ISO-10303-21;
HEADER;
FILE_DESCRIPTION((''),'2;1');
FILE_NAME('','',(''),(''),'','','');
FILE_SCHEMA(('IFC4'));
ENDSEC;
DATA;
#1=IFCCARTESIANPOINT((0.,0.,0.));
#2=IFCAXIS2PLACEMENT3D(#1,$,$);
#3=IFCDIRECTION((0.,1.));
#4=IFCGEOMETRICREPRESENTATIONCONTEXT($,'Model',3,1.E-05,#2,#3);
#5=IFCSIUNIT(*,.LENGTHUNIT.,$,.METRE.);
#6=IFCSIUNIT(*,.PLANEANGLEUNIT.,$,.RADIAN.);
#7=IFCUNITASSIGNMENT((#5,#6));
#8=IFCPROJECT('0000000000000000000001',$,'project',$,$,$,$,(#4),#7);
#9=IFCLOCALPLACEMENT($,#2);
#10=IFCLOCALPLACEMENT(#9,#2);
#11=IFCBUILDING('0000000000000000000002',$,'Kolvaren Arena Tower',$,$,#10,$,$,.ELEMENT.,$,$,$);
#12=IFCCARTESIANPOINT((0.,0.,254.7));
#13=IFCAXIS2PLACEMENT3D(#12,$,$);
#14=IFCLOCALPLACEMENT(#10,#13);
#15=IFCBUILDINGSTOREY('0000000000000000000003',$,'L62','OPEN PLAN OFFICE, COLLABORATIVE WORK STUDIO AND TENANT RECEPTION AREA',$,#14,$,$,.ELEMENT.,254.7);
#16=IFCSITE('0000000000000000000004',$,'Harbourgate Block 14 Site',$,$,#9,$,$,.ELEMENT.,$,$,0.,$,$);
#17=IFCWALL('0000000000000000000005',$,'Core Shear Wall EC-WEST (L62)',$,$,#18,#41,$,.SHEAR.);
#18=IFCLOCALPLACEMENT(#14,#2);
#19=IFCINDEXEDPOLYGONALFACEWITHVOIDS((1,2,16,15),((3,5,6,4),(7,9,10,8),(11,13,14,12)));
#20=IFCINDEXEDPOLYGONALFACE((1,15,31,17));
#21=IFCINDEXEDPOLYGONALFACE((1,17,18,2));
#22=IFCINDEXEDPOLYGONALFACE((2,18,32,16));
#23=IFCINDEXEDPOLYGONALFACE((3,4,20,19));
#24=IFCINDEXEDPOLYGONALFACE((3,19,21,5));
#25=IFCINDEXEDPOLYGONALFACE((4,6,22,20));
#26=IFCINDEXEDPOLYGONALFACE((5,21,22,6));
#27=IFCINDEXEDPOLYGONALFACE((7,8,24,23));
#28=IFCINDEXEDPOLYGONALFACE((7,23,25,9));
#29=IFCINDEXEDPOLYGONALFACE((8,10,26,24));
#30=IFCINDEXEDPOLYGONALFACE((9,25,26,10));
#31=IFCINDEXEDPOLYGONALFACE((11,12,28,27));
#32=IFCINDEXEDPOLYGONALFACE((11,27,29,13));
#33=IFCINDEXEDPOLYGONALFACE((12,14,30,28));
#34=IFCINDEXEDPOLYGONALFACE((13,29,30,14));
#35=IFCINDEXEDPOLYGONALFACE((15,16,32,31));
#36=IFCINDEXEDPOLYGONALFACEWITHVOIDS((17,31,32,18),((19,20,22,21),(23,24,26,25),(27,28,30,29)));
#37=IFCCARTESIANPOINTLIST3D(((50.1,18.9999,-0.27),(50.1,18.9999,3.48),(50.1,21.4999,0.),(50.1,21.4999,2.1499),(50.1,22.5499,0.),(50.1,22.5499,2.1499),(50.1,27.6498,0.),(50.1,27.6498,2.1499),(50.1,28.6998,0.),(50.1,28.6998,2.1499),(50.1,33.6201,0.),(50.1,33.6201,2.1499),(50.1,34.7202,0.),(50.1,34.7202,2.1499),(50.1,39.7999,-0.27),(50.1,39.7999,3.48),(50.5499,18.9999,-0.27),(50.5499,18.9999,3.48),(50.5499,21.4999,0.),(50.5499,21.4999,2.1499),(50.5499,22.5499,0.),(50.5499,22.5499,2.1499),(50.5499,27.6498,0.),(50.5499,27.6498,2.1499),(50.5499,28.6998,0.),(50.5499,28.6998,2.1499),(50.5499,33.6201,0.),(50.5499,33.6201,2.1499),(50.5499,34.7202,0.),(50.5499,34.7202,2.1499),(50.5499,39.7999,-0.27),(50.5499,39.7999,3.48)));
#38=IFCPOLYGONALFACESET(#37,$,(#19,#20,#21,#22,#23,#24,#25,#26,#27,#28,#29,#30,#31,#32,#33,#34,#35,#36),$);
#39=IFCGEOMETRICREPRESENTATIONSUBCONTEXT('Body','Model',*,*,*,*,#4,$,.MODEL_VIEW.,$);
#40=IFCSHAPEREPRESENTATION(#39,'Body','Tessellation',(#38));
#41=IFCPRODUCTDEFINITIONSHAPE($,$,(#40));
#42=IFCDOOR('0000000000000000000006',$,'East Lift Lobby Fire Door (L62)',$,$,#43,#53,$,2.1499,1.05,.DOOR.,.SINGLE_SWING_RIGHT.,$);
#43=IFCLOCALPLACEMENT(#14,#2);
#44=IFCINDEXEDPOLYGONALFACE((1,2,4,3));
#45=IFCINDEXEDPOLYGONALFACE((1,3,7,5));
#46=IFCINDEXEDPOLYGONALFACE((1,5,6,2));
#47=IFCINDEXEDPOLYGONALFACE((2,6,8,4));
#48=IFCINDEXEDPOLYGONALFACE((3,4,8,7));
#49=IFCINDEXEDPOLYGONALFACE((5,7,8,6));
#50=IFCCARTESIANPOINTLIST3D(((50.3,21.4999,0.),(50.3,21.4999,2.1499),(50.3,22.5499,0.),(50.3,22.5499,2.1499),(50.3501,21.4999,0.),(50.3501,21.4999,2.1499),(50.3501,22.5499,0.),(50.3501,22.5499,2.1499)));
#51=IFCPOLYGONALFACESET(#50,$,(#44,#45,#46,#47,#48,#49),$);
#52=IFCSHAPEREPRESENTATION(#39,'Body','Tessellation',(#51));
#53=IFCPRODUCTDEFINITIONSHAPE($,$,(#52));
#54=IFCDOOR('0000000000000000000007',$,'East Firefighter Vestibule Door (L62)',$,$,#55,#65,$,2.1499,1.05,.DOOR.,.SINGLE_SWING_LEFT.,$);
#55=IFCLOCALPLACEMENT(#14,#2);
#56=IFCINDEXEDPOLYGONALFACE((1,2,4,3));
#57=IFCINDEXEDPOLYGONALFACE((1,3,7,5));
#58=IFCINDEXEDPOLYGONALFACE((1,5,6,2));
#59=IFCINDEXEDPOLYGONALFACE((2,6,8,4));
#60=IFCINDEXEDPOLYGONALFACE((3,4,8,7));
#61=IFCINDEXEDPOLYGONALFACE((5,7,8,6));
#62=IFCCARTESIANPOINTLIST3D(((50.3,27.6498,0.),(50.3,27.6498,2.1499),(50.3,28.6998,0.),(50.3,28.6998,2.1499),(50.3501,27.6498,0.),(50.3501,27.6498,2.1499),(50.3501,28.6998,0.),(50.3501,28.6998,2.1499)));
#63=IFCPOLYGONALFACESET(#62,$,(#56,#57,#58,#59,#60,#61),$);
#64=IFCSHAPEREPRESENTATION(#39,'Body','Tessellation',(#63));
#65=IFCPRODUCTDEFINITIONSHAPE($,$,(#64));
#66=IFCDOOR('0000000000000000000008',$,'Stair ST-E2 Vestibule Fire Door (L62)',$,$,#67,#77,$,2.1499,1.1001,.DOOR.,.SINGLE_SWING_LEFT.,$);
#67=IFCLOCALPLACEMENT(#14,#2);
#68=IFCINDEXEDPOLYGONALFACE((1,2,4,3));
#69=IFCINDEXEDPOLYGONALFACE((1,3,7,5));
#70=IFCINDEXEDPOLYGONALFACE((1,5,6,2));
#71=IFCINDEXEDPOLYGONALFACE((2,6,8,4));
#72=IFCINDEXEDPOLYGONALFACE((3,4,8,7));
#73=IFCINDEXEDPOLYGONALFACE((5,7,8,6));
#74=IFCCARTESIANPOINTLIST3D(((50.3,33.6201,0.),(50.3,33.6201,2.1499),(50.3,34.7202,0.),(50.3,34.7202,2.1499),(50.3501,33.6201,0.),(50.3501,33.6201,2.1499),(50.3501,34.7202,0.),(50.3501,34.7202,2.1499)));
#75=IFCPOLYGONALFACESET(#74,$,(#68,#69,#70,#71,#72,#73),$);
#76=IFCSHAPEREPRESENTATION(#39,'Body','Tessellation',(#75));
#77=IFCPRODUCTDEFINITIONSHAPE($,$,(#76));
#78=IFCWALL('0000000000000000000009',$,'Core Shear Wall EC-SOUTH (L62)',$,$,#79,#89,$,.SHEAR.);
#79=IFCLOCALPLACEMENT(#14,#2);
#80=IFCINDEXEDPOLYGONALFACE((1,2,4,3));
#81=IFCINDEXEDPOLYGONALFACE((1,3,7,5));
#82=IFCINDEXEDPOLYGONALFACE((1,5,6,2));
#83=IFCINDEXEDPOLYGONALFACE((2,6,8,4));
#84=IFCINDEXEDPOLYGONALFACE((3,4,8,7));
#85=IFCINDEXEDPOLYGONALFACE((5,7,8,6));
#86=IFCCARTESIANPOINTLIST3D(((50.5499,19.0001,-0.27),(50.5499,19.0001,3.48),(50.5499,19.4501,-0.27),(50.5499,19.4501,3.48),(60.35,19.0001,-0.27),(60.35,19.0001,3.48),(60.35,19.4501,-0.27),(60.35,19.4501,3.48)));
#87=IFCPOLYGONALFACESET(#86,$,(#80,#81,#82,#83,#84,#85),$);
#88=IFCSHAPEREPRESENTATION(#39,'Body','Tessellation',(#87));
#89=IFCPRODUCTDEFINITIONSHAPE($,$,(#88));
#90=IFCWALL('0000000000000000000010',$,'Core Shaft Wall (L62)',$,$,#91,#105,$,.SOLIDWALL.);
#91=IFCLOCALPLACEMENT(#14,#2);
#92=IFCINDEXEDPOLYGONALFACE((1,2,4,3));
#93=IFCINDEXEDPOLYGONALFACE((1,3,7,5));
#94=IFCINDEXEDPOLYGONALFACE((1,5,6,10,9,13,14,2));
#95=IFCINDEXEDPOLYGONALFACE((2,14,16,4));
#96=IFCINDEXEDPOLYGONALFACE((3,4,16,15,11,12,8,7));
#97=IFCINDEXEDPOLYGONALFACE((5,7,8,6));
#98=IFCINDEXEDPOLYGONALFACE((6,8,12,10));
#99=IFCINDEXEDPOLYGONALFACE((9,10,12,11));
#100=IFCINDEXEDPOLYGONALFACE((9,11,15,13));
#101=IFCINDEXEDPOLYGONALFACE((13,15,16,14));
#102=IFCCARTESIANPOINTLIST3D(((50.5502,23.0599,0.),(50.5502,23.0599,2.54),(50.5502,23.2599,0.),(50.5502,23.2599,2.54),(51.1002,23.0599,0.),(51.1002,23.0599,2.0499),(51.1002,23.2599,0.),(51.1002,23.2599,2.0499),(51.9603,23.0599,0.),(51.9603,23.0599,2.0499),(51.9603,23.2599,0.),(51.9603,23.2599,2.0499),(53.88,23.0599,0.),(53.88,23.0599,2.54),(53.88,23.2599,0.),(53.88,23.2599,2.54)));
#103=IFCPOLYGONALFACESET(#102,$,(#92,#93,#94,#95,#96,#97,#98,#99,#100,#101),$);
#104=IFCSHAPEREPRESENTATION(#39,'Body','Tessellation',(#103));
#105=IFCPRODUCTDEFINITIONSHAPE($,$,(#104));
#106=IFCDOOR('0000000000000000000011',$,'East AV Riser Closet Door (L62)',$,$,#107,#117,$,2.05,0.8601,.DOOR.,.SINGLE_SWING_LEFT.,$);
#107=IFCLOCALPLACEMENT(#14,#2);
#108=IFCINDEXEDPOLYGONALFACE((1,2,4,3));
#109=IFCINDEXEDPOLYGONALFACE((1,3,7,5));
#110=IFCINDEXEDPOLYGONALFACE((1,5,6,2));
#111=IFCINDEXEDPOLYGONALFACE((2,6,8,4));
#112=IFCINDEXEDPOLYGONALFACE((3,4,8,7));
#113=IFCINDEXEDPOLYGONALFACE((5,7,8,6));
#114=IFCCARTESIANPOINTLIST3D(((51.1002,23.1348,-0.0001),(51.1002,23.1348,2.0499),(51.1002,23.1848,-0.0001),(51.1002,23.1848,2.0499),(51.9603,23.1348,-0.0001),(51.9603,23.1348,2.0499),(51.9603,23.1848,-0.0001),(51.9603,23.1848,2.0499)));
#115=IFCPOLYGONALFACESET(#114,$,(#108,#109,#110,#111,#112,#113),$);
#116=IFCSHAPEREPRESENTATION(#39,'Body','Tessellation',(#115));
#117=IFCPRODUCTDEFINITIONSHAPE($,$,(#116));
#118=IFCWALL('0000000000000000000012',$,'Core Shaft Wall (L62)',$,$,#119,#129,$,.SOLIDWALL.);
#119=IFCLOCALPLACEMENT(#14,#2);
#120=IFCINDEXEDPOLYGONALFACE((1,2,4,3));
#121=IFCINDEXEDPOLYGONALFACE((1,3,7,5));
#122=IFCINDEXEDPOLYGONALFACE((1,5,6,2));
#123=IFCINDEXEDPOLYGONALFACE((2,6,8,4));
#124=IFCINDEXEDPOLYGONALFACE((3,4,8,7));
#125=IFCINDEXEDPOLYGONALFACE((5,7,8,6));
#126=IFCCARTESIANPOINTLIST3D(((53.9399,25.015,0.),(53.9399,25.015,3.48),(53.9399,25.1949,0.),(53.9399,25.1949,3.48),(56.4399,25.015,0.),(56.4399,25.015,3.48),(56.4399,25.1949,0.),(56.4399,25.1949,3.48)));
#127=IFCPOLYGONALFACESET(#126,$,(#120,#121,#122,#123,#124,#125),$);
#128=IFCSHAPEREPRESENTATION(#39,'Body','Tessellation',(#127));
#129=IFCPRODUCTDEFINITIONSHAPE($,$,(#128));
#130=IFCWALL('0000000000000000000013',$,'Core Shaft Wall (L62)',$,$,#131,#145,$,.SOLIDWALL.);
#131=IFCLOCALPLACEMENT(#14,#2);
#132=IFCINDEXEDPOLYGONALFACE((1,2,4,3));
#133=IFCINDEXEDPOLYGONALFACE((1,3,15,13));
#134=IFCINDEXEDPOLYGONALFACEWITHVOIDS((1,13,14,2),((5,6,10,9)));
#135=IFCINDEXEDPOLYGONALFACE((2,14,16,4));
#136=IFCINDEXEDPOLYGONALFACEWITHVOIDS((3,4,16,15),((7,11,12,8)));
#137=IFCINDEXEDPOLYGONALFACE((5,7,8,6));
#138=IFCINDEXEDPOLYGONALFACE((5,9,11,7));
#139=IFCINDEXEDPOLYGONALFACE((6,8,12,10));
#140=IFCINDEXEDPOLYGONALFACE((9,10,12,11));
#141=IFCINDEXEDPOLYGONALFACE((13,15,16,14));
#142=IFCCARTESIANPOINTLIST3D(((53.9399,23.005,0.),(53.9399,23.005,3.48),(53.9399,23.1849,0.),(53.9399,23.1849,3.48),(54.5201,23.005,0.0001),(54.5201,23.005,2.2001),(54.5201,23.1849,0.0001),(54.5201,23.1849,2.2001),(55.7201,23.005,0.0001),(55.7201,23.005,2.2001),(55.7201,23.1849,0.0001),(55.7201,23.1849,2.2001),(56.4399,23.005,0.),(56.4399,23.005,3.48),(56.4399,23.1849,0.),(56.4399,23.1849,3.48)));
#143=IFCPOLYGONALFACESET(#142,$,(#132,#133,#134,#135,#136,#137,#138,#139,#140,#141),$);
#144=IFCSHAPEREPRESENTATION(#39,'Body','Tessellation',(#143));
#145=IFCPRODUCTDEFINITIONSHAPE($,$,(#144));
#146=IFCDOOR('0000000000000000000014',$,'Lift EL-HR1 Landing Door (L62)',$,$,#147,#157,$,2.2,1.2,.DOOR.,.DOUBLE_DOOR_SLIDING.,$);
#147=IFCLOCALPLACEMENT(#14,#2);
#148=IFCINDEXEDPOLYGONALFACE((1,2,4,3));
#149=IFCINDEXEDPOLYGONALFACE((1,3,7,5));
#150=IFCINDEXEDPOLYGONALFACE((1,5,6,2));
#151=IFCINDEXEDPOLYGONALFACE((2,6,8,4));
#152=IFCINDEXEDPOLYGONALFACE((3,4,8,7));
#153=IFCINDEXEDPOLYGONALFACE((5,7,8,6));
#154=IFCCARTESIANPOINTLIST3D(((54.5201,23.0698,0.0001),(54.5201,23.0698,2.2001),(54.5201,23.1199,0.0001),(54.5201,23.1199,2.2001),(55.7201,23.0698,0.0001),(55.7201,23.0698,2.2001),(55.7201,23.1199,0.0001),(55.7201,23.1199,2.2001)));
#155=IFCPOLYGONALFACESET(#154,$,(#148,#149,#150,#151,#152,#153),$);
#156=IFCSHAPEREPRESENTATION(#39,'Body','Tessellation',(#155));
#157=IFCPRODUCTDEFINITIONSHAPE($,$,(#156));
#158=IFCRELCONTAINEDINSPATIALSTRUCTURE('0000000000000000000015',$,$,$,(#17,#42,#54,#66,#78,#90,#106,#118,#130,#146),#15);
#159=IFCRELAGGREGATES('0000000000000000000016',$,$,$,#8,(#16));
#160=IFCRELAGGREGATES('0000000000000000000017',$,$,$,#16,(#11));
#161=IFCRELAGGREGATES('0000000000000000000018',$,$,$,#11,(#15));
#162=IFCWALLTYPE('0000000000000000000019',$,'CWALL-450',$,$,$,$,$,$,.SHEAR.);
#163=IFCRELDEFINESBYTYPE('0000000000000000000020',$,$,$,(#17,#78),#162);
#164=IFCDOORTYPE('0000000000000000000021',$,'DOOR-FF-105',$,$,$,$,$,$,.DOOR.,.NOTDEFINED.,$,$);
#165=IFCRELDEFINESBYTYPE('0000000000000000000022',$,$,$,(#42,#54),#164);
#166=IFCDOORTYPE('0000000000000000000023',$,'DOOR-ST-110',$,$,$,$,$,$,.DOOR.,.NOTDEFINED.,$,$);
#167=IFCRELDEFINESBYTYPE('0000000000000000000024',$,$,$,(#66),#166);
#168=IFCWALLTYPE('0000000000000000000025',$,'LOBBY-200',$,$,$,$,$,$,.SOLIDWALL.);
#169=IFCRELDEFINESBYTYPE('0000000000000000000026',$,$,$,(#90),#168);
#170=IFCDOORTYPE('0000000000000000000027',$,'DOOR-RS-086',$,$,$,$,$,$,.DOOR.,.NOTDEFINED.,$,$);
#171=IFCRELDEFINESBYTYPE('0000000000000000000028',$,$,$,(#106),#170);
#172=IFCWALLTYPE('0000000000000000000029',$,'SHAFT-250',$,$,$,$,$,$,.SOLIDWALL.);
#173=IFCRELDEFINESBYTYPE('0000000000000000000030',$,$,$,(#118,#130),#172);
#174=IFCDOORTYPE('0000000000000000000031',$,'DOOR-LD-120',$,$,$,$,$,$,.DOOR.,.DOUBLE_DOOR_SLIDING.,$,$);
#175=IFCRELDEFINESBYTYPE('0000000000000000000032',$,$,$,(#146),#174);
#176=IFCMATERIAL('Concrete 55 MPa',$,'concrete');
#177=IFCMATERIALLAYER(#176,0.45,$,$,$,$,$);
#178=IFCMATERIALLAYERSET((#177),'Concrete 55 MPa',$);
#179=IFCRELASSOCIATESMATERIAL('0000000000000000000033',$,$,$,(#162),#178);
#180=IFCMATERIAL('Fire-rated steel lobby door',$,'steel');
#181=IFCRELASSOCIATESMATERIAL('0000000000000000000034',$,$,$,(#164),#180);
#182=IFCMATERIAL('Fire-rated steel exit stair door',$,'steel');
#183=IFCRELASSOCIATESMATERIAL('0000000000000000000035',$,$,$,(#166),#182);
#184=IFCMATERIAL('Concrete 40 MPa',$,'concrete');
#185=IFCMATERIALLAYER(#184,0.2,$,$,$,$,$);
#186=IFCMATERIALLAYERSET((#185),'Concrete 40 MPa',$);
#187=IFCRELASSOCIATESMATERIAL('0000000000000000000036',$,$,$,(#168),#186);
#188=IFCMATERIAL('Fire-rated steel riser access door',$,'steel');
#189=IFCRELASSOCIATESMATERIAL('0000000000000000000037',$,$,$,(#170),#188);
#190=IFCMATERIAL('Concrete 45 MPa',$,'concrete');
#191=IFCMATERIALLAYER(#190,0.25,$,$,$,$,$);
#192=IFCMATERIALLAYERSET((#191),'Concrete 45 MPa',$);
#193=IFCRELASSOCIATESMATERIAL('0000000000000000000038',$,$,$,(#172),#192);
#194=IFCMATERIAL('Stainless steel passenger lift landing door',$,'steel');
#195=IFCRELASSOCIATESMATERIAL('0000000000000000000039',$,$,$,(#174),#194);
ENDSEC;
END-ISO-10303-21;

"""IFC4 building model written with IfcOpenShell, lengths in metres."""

from ifc_helpers import new_model, si_unit, direction, frame, frame_2d, origin, place, context, subcontext, project, spatial, rectangle, extrude, material, layer, layer_set, type_object, element, fill, save


model = new_model("IFC4")

# Units and contexts
model_context = context("Model", 3, precision=1e-05, world=origin(), true_north=direction((0.0, 1.0)))
body_context = subcontext(model_context, "Body", "Model", "MODEL_VIEW")
ifc_project = project(units=[si_unit("LENGTHUNIT", "METRE"), si_unit("PLANEANGLEUNIT", "RADIAN")], contexts=[model_context])

# Site, building, storey
site_placement = place(None, origin())
site = spatial("IfcSite", under=ifc_project, at=site_placement, Name="Harbourgate Block 14 Site", CompositionType="ELEMENT", RefElevation=0.0)
building_placement = place(site_placement, origin())
building = spatial("IfcBuilding", under=site, at=building_placement, Name="Kolvaren Arena Tower", CompositionType="ELEMENT")
storey_placement = place(building_placement, frame((0.0, 0.0, 254.7)))
storey = spatial("IfcBuildingStorey", under=building, at=storey_placement, Name="L62", Description="OPEN PLAN OFFICE, COLLABORATIVE WORK STUDIO AND TENANT RECEPTION AREA", CompositionType="ELEMENT", Elevation=254.7)

# Wall, openings, doors
ifc_material_1 = material(Name="Concrete 55 MPa", Category="concrete")
ifc_layer_1 = layer(ifc_material_1, 0.45)
ifc_layer_set_1 = layer_set([ifc_layer_1], Name="Concrete 55 MPa")
wall_type_1 = type_object("IfcWallType", Name="CWALL-450", PredefinedType="SHEAR", material=ifc_layer_set_1)
wall_1_placement = place(storey_placement, frame((50.325, 19.0, -0.27), z_axis=(0.0, 0.0, 1.0), x_axis=(0.0, 1.0, 0.0)))
wall_1 = element("IfcWall", 1, at=wall_1_placement, inside=storey, type_object=wall_type_1, Name="Core Shear Wall EC-WEST (L62)", PredefinedType="SHEAR", context=body_context, shape_type="SweptSolid", body=[
    extrude(rectangle(XDim=20.8, YDim=0.45, at=frame_2d((10.3999, 0.0))), origin(), (0.0, 0.0, 1.0), 3.75),
])
opening_1_placement = place(wall_1_placement, frame((2.5, 0.0, 0.27)))
opening_1 = element("IfcOpeningElement", 2, at=opening_1_placement, cuts=wall_1, PredefinedType="OPENING", context=body_context, shape_type="SweptSolid", body=[
    extrude(rectangle(XDim=1.05, YDim=2.1499, at=frame_2d((0.5249, 1.075))), frame((0.0, 0.2349, 0.0), z_axis=(0.0, -1.0, 0.0), x_axis=(1.0, 0.0, 0.0)), (0.0, 0.0, 1.0), 0.47),
])
opening_2_placement = place(wall_1_placement, frame((8.6499, 0.0, 0.27)))
opening_2 = element("IfcOpeningElement", 3, at=opening_2_placement, cuts=wall_1, PredefinedType="OPENING", context=body_context, shape_type="SweptSolid", body=[
    extrude(rectangle(XDim=1.05, YDim=2.1499, at=frame_2d((0.5249, 1.075))), frame((0.0, 0.2349, 0.0), z_axis=(0.0, -1.0, 0.0), x_axis=(1.0, 0.0, 0.0)), (0.0, 0.0, 1.0), 0.47),
])
opening_3_placement = place(wall_1_placement, frame((14.6201, 0.0, 0.27)))
opening_3 = element("IfcOpeningElement", 4, at=opening_3_placement, cuts=wall_1, PredefinedType="OPENING", context=body_context, shape_type="SweptSolid", body=[
    extrude(rectangle(XDim=1.1001, YDim=2.1499, at=frame_2d((0.55, 1.075))), frame((0.0, 0.2349, 0.0), z_axis=(0.0, -1.0, 0.0), x_axis=(1.0, 0.0, 0.0)), (0.0, 0.0, 1.0), 0.47),
])
ifc_material_2 = material(Name="Fire-rated steel lobby door", Category="steel")
door_type_1 = type_object("IfcDoorType", Name="DOOR-FF-105", OperationType="NOTDEFINED", PredefinedType="DOOR", material=ifc_material_2)
door_1_placement = place(opening_1_placement, origin())
door_1 = element("IfcDoor", 5, at=door_1_placement, inside=storey, type_object=door_type_1, Name="East Lift Lobby Fire Door (L62)", OperationType="SINGLE_SWING_RIGHT", OverallHeight=2.1499, OverallWidth=1.05, PredefinedType="DOOR", context=body_context, shape_type="SweptSolid", body=[
    extrude(rectangle(XDim=1.05, YDim=2.1499, at=frame_2d((0.5249, 1.075))), frame((0.0, 0.0249, 0.0), z_axis=(0.0, -1.0, 0.0), x_axis=(1.0, 0.0, 0.0)), (0.0, 0.0, 1.0), 0.05),
])
fill(opening_1, door_1)
door_2_placement = place(opening_2_placement, origin())
door_2 = element("IfcDoor", 6, at=door_2_placement, inside=storey, type_object=door_type_1, Name="East Firefighter Vestibule Door (L62)", OperationType="SINGLE_SWING_LEFT", OverallHeight=2.1499, OverallWidth=1.05, PredefinedType="DOOR", context=body_context, shape_type="SweptSolid", body=[
    extrude(rectangle(XDim=1.05, YDim=2.1499, at=frame_2d((0.5249, 1.075))), frame((0.0, 0.0249, 0.0), z_axis=(0.0, -1.0, 0.0), x_axis=(1.0, 0.0, 0.0)), (0.0, 0.0, 1.0), 0.05),
])
fill(opening_2, door_2)
ifc_material_3 = material(Name="Fire-rated steel exit stair door", Category="steel")
door_type_2 = type_object("IfcDoorType", Name="DOOR-ST-110", OperationType="NOTDEFINED", PredefinedType="DOOR", material=ifc_material_3)
door_3_placement = place(opening_3_placement, origin())
door_3 = element("IfcDoor", 7, at=door_3_placement, inside=storey, type_object=door_type_2, Name="Stair ST-E2 Vestibule Fire Door (L62)", OperationType="SINGLE_SWING_LEFT", OverallHeight=2.1499, OverallWidth=1.1001, PredefinedType="DOOR", context=body_context, shape_type="SweptSolid", body=[
    extrude(rectangle(XDim=1.1001, YDim=2.1499, at=frame_2d((0.55, 1.075))), frame((0.0, 0.0249, 0.0), z_axis=(0.0, -1.0, 0.0), x_axis=(1.0, 0.0, 0.0)), (0.0, 0.0, 1.0), 0.05),
])
fill(opening_3, door_3)

# Wall
wall_2_placement = place(storey_placement, frame((50.55, 19.2251, -0.27), z_axis=(0.0, 0.0, 1.0), x_axis=(1.0, 0.0, 0.0)))
element("IfcWall", 8, at=wall_2_placement, inside=storey, type_object=wall_type_1, Name="Core Shear Wall EC-SOUTH (L62)", PredefinedType="SHEAR", context=body_context, shape_type="SweptSolid", body=[
    extrude(rectangle(XDim=9.8, YDim=0.45, at=frame_2d((4.8999, 0.0))), origin(), (0.0, 0.0, 1.0), 3.75),
])

# Shared definitions
ifc_material_4 = material(Name="Concrete 40 MPa", Category="concrete")
ifc_layer_2 = layer(ifc_material_4, 0.2)
ifc_layer_set_2 = layer_set([ifc_layer_2], Name="Concrete 40 MPa")
wall_type_2 = type_object("IfcWallType", Name="LOBBY-200", PredefinedType="SOLIDWALL", material=ifc_layer_set_2)

# Wall, opening, door
wall_3_placement = place(storey_placement, frame((50.55, 23.1599, 0.0), z_axis=(0.0, 0.0, 1.0), x_axis=(1.0, 0.0, 0.0)))
wall_3 = element("IfcWall", 9, at=wall_3_placement, inside=storey, type_object=wall_type_2, Name="Core Shaft Wall (L62)", PredefinedType="SOLIDWALL", context=body_context, shape_type="SweptSolid", body=[
    extrude(rectangle(XDim=3.3298, YDim=0.2, at=frame_2d((1.665, 0.0))), origin(), (0.0, 0.0, 1.0), 2.54),
])
opening_4_placement = place(wall_3_placement, frame((0.55, 0.0, 0.0)))
opening_4 = element("IfcOpeningElement", 10, at=opening_4_placement, cuts=wall_3, PredefinedType="OPENING", context=body_context, shape_type="SweptSolid", body=[
    extrude(rectangle(XDim=0.8601, YDim=2.05, at=frame_2d((0.4302, 1.0249))), frame((0.0, 0.1099, 0.0), z_axis=(0.0, -1.0, 0.0), x_axis=(1.0, 0.0, 0.0)), (0.0, 0.0, 1.0), 0.22),
])
ifc_material_5 = material(Name="Fire-rated steel riser access door", Category="steel")
door_type_3 = type_object("IfcDoorType", Name="DOOR-RS-086", OperationType="NOTDEFINED", PredefinedType="DOOR", material=ifc_material_5)
door_4_placement = place(opening_4_placement, origin())
door_4 = element("IfcDoor", 11, at=door_4_placement, inside=storey, type_object=door_type_3, Name="East AV Riser Closet Door (L62)", OperationType="SINGLE_SWING_LEFT", OverallHeight=2.05, OverallWidth=0.8601, PredefinedType="DOOR", context=body_context, shape_type="SweptSolid", body=[
    extrude(rectangle(XDim=0.8601, YDim=2.05, at=frame_2d((0.4302, 1.0249))), frame((0.0, 0.0249, 0.0), z_axis=(0.0, -1.0, 0.0), x_axis=(1.0, 0.0, 0.0)), (0.0, 0.0, 1.0), 0.05),
])
fill(opening_4, door_4)

# Wall
ifc_material_6 = material(Name="Concrete 45 MPa", Category="concrete")
ifc_layer_3 = layer(ifc_material_6, 0.25)
ifc_layer_set_3 = layer_set([ifc_layer_3], Name="Concrete 45 MPa")
wall_type_3 = type_object("IfcWallType", Name="SHAFT-250", PredefinedType="SOLIDWALL", material=ifc_layer_set_3)
wall_4_placement = place(storey_placement, frame((53.9399, 25.105, 0.0), z_axis=(0.0, 0.0, 1.0), x_axis=(1.0, 0.0, 0.0)))
element("IfcWall", 12, at=wall_4_placement, inside=storey, type_object=wall_type_3, Name="Core Shaft Wall (L62)", PredefinedType="SOLIDWALL", context=body_context, shape_type="SweptSolid", body=[
    extrude(rectangle(XDim=2.5, YDim=0.1799, at=frame_2d((1.25, 0.0))), origin(), (0.0, 0.0, 1.0), 3.48),
])

# Wall, opening, door
wall_5_placement = place(storey_placement, frame((53.9399, 23.095, 0.0), z_axis=(0.0, 0.0, 1.0), x_axis=(1.0, 0.0, 0.0)))
wall_5 = element("IfcWall", 13, at=wall_5_placement, inside=storey, type_object=wall_type_3, Name="Core Shaft Wall (L62)", PredefinedType="SOLIDWALL", context=body_context, shape_type="SweptSolid", body=[
    extrude(rectangle(XDim=2.5, YDim=0.1799, at=frame_2d((1.25, 0.0))), origin(), (0.0, 0.0, 1.0), 3.48),
])
opening_5_placement = place(wall_5_placement, frame((0.5801, 0.0, 0.0)))
opening_5 = element("IfcOpeningElement", 14, at=opening_5_placement, cuts=wall_5, PredefinedType="OPENING", context=body_context, shape_type="SweptSolid", body=[
    extrude(rectangle(XDim=1.2, YDim=2.2, at=frame_2d((0.6001, 1.1001))), frame((0.0, 0.0999, 0.0), z_axis=(0.0, -1.0, 0.0), x_axis=(1.0, 0.0, 0.0)), (0.0, 0.0, 1.0), 0.2),
])
ifc_material_7 = material(Name="Stainless steel passenger lift landing door", Category="steel")
door_type_4 = type_object("IfcDoorType", Name="DOOR-LD-120", OperationType="DOUBLE_DOOR_SLIDING", PredefinedType="DOOR", material=ifc_material_7)
door_5_placement = place(opening_5_placement, origin())
door_5 = element("IfcDoor", 15, at=door_5_placement, inside=storey, type_object=door_type_4, Name="Lift EL-HR1 Landing Door (L62)", OperationType="DOUBLE_DOOR_SLIDING", OverallHeight=2.2, OverallWidth=1.2, PredefinedType="DOOR", context=body_context, shape_type="SweptSolid", body=[
    extrude(rectangle(XDim=1.2, YDim=2.2, at=frame_2d((0.6001, 1.1001))), frame((0.0, 0.0249, 0.0), z_axis=(0.0, -1.0, 0.0), x_axis=(1.0, 0.0, 0.0)), (0.0, 0.0, 1.0), 0.05),
])
fill(opening_5, door_5)

save(model, "model.ifc")
